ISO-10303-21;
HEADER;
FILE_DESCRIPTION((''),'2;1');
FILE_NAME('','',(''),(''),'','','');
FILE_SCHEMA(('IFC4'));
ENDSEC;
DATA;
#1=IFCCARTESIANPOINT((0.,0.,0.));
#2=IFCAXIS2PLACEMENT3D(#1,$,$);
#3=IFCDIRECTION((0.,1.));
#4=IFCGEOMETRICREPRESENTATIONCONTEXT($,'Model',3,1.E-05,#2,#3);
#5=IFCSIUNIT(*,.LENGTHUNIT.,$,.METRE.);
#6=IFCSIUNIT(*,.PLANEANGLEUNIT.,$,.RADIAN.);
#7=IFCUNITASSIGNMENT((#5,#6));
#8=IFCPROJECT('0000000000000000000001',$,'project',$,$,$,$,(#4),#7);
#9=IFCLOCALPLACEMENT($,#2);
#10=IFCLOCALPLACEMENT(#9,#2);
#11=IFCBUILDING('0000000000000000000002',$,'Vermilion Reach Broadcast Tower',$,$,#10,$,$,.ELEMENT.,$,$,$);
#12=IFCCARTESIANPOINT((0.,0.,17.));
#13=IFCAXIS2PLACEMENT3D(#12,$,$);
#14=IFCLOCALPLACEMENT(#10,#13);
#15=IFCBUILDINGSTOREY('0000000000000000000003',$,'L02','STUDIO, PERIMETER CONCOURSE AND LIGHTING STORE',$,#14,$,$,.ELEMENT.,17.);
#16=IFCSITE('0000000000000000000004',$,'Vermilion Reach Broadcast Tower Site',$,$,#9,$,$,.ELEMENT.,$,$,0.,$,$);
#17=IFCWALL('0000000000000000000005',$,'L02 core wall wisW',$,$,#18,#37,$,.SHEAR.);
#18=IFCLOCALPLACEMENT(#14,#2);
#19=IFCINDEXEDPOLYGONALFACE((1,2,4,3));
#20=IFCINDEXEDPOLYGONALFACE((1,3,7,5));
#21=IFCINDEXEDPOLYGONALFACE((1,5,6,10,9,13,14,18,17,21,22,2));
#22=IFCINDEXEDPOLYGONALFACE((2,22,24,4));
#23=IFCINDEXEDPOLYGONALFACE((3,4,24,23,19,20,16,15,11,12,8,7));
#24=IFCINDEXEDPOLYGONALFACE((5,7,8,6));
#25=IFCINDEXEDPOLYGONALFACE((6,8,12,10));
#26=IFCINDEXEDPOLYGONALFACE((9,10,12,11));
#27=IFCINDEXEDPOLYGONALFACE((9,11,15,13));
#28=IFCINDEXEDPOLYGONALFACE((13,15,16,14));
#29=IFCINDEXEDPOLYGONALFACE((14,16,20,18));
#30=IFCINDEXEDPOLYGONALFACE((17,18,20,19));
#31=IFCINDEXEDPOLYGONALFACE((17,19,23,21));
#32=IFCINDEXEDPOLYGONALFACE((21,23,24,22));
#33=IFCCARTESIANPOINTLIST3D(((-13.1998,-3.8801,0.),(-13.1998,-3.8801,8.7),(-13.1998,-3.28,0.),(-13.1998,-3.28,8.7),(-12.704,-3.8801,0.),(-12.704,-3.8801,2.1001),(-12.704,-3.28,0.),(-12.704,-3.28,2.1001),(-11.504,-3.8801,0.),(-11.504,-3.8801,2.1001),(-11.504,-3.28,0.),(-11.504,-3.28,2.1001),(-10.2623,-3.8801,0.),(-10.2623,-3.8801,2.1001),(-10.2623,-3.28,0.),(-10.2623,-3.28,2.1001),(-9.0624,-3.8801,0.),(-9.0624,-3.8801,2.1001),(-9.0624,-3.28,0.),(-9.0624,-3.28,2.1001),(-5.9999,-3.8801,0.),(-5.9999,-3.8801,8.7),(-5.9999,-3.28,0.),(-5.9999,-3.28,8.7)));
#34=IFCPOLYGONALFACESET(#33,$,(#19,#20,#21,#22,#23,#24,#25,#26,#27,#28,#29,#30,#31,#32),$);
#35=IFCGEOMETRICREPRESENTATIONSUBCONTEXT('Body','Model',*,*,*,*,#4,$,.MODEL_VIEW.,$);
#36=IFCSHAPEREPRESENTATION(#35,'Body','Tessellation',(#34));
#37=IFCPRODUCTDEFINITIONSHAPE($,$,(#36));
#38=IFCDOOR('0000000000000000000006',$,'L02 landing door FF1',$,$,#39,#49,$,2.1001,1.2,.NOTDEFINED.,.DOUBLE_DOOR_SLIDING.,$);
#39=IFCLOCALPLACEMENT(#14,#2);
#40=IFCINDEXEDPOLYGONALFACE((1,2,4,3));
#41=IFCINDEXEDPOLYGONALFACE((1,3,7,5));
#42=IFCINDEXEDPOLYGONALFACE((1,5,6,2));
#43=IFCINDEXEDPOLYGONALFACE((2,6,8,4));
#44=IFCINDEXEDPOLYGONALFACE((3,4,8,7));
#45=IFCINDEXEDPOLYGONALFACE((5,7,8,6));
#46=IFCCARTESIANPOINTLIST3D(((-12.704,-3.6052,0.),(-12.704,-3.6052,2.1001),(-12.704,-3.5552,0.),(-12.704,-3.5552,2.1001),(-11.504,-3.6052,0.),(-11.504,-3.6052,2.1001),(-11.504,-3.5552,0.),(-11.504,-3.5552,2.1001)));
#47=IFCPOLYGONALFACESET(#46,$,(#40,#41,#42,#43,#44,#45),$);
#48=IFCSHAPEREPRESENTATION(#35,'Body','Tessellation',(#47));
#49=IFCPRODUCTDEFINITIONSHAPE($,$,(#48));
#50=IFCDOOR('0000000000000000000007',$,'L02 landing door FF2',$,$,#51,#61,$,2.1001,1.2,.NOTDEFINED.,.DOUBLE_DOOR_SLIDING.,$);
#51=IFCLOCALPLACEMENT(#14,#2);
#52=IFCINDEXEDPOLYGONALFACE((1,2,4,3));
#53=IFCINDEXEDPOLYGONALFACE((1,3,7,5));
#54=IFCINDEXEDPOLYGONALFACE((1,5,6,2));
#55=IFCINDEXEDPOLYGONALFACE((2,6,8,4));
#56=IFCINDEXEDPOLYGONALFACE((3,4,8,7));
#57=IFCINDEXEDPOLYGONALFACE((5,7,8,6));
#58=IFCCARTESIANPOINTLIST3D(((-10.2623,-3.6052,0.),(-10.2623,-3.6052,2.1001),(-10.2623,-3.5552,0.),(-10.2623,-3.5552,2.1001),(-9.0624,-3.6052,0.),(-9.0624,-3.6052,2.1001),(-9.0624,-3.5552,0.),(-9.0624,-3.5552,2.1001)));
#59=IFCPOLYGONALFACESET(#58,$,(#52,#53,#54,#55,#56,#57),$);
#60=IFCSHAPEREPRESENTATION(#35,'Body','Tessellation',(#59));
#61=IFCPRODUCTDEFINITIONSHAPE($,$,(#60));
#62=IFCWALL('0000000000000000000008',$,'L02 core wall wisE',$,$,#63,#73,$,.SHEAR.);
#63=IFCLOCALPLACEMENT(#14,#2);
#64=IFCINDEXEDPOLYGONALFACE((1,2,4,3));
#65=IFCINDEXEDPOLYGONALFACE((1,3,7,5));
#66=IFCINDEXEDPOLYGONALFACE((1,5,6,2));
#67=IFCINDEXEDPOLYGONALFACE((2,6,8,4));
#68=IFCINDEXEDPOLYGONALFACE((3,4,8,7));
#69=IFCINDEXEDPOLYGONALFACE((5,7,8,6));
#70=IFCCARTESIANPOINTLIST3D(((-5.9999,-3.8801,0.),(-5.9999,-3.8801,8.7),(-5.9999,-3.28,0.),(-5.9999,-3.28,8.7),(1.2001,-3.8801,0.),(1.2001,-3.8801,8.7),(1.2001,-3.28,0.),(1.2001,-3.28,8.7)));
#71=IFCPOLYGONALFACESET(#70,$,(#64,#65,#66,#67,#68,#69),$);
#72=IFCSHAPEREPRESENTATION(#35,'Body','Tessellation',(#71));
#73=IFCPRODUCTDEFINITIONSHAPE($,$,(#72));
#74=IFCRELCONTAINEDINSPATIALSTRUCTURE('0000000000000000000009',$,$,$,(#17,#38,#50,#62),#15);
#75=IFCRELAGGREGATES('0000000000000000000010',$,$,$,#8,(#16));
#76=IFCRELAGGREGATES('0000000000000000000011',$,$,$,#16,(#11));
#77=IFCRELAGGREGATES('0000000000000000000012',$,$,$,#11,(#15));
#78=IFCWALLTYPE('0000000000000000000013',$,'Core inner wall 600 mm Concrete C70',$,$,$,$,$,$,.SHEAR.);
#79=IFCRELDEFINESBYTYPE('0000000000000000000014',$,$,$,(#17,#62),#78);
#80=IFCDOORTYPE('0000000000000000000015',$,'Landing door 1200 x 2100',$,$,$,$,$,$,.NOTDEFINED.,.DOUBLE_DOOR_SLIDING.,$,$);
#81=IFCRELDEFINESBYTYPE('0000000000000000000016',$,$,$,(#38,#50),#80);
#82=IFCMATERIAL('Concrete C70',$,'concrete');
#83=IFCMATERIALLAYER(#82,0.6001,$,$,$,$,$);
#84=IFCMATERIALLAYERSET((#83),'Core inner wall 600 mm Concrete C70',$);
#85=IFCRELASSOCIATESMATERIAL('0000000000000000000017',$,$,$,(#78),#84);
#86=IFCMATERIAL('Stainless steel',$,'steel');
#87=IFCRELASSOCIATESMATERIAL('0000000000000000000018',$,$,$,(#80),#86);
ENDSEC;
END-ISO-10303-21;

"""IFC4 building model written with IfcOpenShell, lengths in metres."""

from ifc_helpers import new_model, si_unit, direction, frame, frame_2d, origin, place, context, subcontext, project, spatial, rectangle, extrude, material, layer, layer_set, type_object, element, fill, save


model = new_model("IFC4")

# Units and contexts
model_context = context("Model", 3, precision=1e-05, world=origin(), true_north=direction((0.0, 1.0)))
body_context = subcontext(model_context, "Body", "Model", "MODEL_VIEW")
ifc_project = project(units=[si_unit("LENGTHUNIT", "METRE"), si_unit("PLANEANGLEUNIT", "RADIAN")], contexts=[model_context])

# Site, building, storey
site_placement = place(None, origin())
site = spatial("IfcSite", under=ifc_project, at=site_placement, Name="Vermilion Reach Broadcast Tower Site", CompositionType="ELEMENT", RefElevation=0.0)
building_placement = place(site_placement, origin())
building = spatial("IfcBuilding", under=site, at=building_placement, Name="Vermilion Reach Broadcast Tower", CompositionType="ELEMENT")
storey_placement = place(building_placement, frame((0.0, 0.0, 17.0)))
storey = spatial("IfcBuildingStorey", under=building, at=storey_placement, Name="L02", Description="STUDIO, PERIMETER CONCOURSE AND LIGHTING STORE", CompositionType="ELEMENT", Elevation=17.0)

# Wall, openings, doors
ifc_material_1 = material(Name="Concrete C70", Category="concrete")
ifc_layer_1 = layer(ifc_material_1, 0.6001)
ifc_layer_set_1 = layer_set([ifc_layer_1], Name="Core inner wall 600 mm Concrete C70")
wall_type_1 = type_object("IfcWallType", Name="Core inner wall 600 mm Concrete C70", PredefinedType="SHEAR", material=ifc_layer_set_1)
wall_1_placement = place(storey_placement, frame((-13.2, -3.5801, 0.0), z_axis=(0.0, 0.0, 1.0), x_axis=(1.0, 0.0, 0.0)))
wall_1 = element("IfcWall", 1, at=wall_1_placement, inside=storey, type_object=wall_type_1, Name="L02 core wall wisW", PredefinedType="SHEAR", context=body_context, shape_type="SweptSolid", body=[
    extrude(rectangle(XDim=7.2, YDim=0.6001, at=frame_2d((3.6001, 0.0))), origin(), (0.0, 0.0, 1.0), 8.7),
])
opening_1_placement = place(wall_1_placement, frame((0.4958, 0.0, 0.0)))
opening_1 = element("IfcOpeningElement", 2, at=opening_1_placement, cuts=wall_1, PredefinedType="OPENING", context=body_context, shape_type="SweptSolid", body=[
    extrude(rectangle(XDim=1.2, YDim=2.1001, at=frame_2d((0.6001, 1.05))), frame((0.0, 0.3101, 0.0), z_axis=(0.0, -1.0, 0.0), x_axis=(1.0, 0.0, 0.0)), (0.0, 0.0, 1.0), 0.6201),
])
opening_2_placement = place(wall_1_placement, frame((2.9375, 0.0, 0.0)))
opening_2 = element("IfcOpeningElement", 3, at=opening_2_placement, cuts=wall_1, PredefinedType="OPENING", context=body_context, shape_type="SweptSolid", body=[
    extrude(rectangle(XDim=1.2, YDim=2.1001, at=frame_2d((0.6001, 1.05))), frame((0.0, 0.3101, 0.0), z_axis=(0.0, -1.0, 0.0), x_axis=(1.0, 0.0, 0.0)), (0.0, 0.0, 1.0), 0.6201),
])
ifc_material_2 = material(Name="Stainless steel", Category="steel")
door_type_1 = type_object("IfcDoorType", Name="Landing door 1200 x 2100", OperationType="DOUBLE_DOOR_SLIDING", PredefinedType="NOTDEFINED", material=ifc_material_2)
door_1_placement = place(opening_1_placement, origin())
door_1 = element("IfcDoor", 4, at=door_1_placement, inside=storey, type_object=door_type_1, Name="L02 landing door FF1", OperationType="DOUBLE_DOOR_SLIDING", OverallHeight=2.1001, OverallWidth=1.2, PredefinedType="NOTDEFINED", context=body_context, shape_type="SweptSolid", body=[
    extrude(rectangle(XDim=1.2, YDim=2.1001, at=frame_2d((0.6001, 1.05))), frame((0.0, 0.0249, 0.0), z_axis=(0.0, -1.0, 0.0), x_axis=(1.0, 0.0, 0.0)), (0.0, 0.0, 1.0), 0.05),
])
fill(opening_1, door_1)
door_2_placement = place(opening_2_placement, origin())
door_2 = element("IfcDoor", 5, at=door_2_placement, inside=storey, type_object=door_type_1, Name="L02 landing door FF2", OperationType="DOUBLE_DOOR_SLIDING", OverallHeight=2.1001, OverallWidth=1.2, PredefinedType="NOTDEFINED", context=body_context, shape_type="SweptSolid", body=[
    extrude(rectangle(XDim=1.2, YDim=2.1001, at=frame_2d((0.6001, 1.05))), frame((0.0, 0.0249, 0.0), z_axis=(0.0, -1.0, 0.0), x_axis=(1.0, 0.0, 0.0)), (0.0, 0.0, 1.0), 0.05),
])
fill(opening_2, door_2)

# Wall
wall_2_placement = place(storey_placement, frame((-6.0, -3.5801, 0.0), z_axis=(0.0, 0.0, 1.0), x_axis=(1.0, 0.0, 0.0)))
element("IfcWall", 6, at=wall_2_placement, inside=storey, type_object=wall_type_1, Name="L02 core wall wisE", PredefinedType="SHEAR", context=body_context, shape_type="SweptSolid", body=[
    extrude(rectangle(XDim=7.2, YDim=0.6001, at=frame_2d((3.6001, 0.0))), origin(), (0.0, 0.0, 1.0), 8.7),
])

save(model, "model.ifc")
